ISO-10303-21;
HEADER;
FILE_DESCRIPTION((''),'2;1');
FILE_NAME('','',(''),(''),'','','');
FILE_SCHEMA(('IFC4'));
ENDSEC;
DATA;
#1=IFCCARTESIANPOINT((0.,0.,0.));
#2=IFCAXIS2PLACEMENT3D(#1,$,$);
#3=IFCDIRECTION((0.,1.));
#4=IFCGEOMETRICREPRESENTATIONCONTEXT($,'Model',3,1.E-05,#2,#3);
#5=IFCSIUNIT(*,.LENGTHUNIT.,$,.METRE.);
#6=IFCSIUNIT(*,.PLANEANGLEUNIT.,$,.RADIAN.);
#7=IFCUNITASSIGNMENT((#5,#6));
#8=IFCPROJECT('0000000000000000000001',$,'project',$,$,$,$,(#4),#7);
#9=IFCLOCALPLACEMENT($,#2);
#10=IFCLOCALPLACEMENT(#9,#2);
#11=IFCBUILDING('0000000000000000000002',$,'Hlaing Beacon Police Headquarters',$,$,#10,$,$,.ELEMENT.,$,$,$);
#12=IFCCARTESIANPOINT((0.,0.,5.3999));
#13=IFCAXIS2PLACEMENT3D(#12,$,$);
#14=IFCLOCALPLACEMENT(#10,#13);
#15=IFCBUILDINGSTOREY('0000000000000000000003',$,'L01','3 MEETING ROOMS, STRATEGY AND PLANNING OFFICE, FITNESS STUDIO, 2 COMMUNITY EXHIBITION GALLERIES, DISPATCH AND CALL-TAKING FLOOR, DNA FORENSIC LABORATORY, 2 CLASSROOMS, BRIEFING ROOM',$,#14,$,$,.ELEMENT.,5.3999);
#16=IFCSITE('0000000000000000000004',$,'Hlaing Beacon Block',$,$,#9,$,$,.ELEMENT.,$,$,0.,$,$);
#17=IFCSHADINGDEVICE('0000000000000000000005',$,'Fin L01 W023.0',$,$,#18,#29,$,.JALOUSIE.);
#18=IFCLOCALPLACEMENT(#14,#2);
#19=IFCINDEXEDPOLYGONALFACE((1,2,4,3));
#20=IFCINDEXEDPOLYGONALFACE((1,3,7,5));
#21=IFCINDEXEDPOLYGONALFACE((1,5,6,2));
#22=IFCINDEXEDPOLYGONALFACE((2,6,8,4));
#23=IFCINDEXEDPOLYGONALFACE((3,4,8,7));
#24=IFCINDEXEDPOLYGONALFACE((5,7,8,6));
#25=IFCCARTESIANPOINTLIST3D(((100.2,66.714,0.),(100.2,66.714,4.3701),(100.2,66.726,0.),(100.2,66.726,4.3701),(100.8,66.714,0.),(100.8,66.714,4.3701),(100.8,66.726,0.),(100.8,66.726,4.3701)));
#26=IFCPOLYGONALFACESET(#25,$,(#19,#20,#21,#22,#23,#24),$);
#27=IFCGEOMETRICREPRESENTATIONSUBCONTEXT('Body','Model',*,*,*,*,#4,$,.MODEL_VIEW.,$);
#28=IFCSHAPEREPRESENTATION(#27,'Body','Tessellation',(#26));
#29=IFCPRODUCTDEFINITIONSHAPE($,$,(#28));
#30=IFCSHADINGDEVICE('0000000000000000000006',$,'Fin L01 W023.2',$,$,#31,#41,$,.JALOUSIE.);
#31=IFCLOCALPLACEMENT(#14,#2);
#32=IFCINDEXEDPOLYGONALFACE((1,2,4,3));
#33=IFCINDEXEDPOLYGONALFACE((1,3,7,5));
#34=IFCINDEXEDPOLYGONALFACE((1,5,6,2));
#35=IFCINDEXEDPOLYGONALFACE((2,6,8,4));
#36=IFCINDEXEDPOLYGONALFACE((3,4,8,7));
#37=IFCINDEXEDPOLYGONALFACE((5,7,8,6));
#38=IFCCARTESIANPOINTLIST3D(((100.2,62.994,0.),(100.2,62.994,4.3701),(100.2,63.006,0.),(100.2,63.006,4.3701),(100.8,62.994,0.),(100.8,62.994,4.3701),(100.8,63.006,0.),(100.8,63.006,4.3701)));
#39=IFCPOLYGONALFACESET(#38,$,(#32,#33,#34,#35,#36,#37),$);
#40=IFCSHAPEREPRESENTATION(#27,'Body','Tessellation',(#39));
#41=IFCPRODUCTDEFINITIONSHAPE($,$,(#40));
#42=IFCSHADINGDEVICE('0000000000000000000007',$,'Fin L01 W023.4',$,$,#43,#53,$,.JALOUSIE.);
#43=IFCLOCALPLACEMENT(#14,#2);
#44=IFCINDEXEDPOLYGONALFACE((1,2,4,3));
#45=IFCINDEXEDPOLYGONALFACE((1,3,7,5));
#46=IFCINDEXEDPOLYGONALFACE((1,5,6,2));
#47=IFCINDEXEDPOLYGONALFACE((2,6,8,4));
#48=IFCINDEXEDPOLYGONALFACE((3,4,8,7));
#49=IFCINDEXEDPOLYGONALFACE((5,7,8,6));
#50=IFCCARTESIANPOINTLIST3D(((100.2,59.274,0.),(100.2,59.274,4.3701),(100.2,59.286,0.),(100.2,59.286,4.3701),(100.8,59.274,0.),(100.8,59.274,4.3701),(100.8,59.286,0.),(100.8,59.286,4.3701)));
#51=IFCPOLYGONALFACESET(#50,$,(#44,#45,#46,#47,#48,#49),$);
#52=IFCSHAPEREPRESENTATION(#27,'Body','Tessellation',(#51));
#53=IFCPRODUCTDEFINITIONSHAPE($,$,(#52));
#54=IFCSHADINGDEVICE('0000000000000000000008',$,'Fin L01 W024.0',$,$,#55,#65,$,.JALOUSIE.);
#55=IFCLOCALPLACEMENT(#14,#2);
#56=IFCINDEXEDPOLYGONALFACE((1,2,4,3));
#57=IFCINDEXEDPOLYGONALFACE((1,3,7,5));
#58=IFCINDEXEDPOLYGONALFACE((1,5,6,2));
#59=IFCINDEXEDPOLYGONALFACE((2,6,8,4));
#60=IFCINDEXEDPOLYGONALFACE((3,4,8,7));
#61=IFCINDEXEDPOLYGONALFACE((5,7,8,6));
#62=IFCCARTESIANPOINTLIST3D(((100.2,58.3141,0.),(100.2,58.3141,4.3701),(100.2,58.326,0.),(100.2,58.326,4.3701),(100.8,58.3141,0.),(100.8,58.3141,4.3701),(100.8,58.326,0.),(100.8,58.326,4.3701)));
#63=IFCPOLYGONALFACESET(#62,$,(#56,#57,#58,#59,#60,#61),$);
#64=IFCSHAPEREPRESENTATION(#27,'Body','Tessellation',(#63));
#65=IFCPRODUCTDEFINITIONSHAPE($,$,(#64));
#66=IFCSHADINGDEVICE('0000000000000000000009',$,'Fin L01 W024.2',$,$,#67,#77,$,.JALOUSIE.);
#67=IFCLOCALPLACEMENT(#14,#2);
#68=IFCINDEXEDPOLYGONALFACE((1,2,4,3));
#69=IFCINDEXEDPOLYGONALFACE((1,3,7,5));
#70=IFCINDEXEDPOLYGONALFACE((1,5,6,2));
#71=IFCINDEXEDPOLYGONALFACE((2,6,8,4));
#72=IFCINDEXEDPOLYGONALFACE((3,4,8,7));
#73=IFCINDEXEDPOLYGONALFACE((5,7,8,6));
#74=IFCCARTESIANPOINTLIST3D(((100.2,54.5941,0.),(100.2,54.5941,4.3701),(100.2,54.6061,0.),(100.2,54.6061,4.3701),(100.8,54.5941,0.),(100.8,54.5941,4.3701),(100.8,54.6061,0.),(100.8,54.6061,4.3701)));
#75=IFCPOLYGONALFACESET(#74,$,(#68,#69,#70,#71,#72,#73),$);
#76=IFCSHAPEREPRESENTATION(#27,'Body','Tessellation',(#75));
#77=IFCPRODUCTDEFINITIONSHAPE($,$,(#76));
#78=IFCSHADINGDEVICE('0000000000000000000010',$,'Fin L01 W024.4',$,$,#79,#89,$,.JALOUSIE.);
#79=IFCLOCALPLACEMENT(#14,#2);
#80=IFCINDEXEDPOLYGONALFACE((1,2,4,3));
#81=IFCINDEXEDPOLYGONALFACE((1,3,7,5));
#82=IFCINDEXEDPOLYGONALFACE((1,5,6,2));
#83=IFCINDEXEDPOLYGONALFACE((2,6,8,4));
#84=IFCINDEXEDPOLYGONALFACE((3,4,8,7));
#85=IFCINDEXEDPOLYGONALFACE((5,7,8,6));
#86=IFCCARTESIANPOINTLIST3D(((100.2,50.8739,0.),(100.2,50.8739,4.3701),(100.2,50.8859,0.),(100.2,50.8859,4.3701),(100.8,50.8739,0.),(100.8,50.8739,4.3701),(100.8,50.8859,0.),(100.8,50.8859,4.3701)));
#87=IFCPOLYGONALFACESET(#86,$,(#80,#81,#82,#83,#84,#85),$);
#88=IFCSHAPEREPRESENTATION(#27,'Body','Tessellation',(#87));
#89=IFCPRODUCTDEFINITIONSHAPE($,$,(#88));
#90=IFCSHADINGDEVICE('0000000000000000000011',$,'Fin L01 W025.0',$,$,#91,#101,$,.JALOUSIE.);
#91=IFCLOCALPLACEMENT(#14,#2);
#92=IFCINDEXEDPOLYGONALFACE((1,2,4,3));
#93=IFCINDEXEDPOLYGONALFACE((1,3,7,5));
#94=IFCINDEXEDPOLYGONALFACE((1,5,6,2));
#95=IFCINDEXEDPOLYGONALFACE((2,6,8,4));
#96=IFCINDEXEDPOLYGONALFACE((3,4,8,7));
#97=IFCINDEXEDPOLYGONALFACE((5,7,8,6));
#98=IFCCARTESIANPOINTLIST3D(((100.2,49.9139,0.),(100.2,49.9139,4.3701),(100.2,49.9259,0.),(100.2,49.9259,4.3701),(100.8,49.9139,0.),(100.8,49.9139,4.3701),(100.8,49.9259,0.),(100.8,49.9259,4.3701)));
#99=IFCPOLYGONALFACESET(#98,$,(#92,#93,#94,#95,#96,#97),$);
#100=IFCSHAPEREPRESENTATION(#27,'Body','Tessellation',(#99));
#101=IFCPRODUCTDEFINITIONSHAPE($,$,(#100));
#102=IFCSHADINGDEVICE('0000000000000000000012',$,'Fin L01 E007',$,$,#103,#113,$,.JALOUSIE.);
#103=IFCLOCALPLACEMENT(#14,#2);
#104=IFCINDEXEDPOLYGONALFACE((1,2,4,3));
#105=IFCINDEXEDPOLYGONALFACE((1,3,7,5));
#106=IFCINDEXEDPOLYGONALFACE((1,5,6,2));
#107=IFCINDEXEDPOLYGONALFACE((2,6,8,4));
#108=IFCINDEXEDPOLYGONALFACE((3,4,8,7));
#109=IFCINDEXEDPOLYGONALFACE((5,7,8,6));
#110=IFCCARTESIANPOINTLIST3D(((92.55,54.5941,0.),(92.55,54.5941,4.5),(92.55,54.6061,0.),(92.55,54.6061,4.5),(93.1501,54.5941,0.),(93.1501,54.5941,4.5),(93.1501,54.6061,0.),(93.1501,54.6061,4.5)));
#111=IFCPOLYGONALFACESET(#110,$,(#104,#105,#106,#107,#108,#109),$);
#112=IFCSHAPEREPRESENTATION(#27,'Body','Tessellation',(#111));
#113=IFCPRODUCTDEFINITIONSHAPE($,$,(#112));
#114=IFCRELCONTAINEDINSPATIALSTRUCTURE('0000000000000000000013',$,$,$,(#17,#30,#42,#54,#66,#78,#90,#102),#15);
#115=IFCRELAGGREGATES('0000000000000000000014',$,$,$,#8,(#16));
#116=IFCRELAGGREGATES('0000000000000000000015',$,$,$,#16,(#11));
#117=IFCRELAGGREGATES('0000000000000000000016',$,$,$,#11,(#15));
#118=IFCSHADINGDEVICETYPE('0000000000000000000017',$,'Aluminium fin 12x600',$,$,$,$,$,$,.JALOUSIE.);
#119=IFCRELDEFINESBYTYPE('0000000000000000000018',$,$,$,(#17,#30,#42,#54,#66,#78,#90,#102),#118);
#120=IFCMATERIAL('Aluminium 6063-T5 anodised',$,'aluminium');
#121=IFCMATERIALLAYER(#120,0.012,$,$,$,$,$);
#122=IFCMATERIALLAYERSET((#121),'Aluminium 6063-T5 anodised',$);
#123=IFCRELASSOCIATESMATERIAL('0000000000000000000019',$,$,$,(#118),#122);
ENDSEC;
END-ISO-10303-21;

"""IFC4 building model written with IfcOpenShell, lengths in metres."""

from ifc_helpers import new_model, si_unit, direction, frame, origin, origin_2d, place, context, subcontext, project, spatial, rectangle, extrude, material, layer, layer_set, type_object, element, save


model = new_model("IFC4")

# Units and contexts
model_context = context("Model", 3, precision=1e-05, world=origin(), true_north=direction((0.0, 1.0)))
body_context = subcontext(model_context, "Body", "Model", "MODEL_VIEW")
ifc_project = project(units=[si_unit("LENGTHUNIT", "METRE"), si_unit("PLANEANGLEUNIT", "RADIAN")], contexts=[model_context])

# Site, building, storey
site_placement = place(None, origin())
site = spatial("IfcSite", under=ifc_project, at=site_placement, Name="Hlaing Beacon Block", CompositionType="ELEMENT", RefElevation=0.0)
building_placement = place(site_placement, origin())
building = spatial("IfcBuilding", under=site, at=building_placement, Name="Hlaing Beacon Police Headquarters", CompositionType="ELEMENT")
storey_placement = place(building_placement, frame((0.0, 0.0, 5.3999)))
storey = spatial("IfcBuildingStorey", under=building, at=storey_placement, Name="L01", Description="3 MEETING ROOMS, STRATEGY AND PLANNING OFFICE, FITNESS STUDIO, 2 COMMUNITY EXHIBITION GALLERIES, DISPATCH AND CALL-TAKING FLOOR, DNA FORENSIC LABORATORY, 2 CLASSROOMS, BRIEFING ROOM", CompositionType="ELEMENT", Elevation=5.3999)

# Shading devices
ifc_material_1 = material(Name="Aluminium 6063-T5 anodised", Category="aluminium")
ifc_layer_1 = layer(ifc_material_1, 0.012)
ifc_layer_set_1 = layer_set([ifc_layer_1], Name="Aluminium 6063-T5 anodised")
shading_device_type = type_object("IfcShadingDeviceType", Name="Aluminium fin 12x600", PredefinedType="JALOUSIE", material=ifc_layer_set_1)
for number, where, z_axis, x_axis, name in (
    (1, (100.5, 66.72, 0.0), (0.0, 0.0, 1.0), (0.0, -1.0, 0.0), "Fin L01 W023.0"),
    (2, (100.5, 63.0, 0.0), (0.0, 0.0, 1.0), (0.0, -1.0, 0.0), "Fin L01 W023.2"),
    (3, (100.5, 59.28, 0.0), (0.0, 0.0, 1.0), (0.0, -1.0, 0.0), "Fin L01 W023.4"),
    (4, (100.5, 58.3201, 0.0), (0.0, 0.0, 1.0), (0.0, -1.0, 0.0), "Fin L01 W024.0"),
    (5, (100.5, 54.6001, 0.0), (0.0, 0.0, 1.0), (0.0, -1.0, 0.0), "Fin L01 W024.2"),
    (6, (100.5, 50.8799, 0.0), (0.0, 0.0, 1.0), (0.0, -1.0, 0.0), "Fin L01 W024.4"),
    (7, (100.5, 49.9199, 0.0), (0.0, 0.0, 1.0), (0.0, -1.0, 0.0), "Fin L01 W025.0"),
):
    element("IfcShadingDevice", number, at=place(storey_placement, frame(where, z_axis=z_axis, x_axis=x_axis)), inside=storey, type_object=shading_device_type, Name=name, PredefinedType="JALOUSIE", context=body_context, shape_type="SweptSolid", body=[
        extrude(rectangle(XDim=0.012, YDim=0.6001, at=origin_2d()), origin(), (0.0, 0.0, 1.0), 4.3701),
    ])
shading_device_placement = place(storey_placement, frame((92.8501, 54.6001, 0.0), z_axis=(0.0, 0.0, 1.0), x_axis=(0.0, 1.0, 0.0)))
element("IfcShadingDevice", 8, at=shading_device_placement, inside=storey, type_object=shading_device_type, Name="Fin L01 E007", PredefinedType="JALOUSIE", context=body_context, shape_type="SweptSolid", body=[
    extrude(rectangle(XDim=0.012, YDim=0.6001, at=origin_2d()), origin(), (0.0, 0.0, 1.0), 4.5),
])

save(model, "model.ifc")
